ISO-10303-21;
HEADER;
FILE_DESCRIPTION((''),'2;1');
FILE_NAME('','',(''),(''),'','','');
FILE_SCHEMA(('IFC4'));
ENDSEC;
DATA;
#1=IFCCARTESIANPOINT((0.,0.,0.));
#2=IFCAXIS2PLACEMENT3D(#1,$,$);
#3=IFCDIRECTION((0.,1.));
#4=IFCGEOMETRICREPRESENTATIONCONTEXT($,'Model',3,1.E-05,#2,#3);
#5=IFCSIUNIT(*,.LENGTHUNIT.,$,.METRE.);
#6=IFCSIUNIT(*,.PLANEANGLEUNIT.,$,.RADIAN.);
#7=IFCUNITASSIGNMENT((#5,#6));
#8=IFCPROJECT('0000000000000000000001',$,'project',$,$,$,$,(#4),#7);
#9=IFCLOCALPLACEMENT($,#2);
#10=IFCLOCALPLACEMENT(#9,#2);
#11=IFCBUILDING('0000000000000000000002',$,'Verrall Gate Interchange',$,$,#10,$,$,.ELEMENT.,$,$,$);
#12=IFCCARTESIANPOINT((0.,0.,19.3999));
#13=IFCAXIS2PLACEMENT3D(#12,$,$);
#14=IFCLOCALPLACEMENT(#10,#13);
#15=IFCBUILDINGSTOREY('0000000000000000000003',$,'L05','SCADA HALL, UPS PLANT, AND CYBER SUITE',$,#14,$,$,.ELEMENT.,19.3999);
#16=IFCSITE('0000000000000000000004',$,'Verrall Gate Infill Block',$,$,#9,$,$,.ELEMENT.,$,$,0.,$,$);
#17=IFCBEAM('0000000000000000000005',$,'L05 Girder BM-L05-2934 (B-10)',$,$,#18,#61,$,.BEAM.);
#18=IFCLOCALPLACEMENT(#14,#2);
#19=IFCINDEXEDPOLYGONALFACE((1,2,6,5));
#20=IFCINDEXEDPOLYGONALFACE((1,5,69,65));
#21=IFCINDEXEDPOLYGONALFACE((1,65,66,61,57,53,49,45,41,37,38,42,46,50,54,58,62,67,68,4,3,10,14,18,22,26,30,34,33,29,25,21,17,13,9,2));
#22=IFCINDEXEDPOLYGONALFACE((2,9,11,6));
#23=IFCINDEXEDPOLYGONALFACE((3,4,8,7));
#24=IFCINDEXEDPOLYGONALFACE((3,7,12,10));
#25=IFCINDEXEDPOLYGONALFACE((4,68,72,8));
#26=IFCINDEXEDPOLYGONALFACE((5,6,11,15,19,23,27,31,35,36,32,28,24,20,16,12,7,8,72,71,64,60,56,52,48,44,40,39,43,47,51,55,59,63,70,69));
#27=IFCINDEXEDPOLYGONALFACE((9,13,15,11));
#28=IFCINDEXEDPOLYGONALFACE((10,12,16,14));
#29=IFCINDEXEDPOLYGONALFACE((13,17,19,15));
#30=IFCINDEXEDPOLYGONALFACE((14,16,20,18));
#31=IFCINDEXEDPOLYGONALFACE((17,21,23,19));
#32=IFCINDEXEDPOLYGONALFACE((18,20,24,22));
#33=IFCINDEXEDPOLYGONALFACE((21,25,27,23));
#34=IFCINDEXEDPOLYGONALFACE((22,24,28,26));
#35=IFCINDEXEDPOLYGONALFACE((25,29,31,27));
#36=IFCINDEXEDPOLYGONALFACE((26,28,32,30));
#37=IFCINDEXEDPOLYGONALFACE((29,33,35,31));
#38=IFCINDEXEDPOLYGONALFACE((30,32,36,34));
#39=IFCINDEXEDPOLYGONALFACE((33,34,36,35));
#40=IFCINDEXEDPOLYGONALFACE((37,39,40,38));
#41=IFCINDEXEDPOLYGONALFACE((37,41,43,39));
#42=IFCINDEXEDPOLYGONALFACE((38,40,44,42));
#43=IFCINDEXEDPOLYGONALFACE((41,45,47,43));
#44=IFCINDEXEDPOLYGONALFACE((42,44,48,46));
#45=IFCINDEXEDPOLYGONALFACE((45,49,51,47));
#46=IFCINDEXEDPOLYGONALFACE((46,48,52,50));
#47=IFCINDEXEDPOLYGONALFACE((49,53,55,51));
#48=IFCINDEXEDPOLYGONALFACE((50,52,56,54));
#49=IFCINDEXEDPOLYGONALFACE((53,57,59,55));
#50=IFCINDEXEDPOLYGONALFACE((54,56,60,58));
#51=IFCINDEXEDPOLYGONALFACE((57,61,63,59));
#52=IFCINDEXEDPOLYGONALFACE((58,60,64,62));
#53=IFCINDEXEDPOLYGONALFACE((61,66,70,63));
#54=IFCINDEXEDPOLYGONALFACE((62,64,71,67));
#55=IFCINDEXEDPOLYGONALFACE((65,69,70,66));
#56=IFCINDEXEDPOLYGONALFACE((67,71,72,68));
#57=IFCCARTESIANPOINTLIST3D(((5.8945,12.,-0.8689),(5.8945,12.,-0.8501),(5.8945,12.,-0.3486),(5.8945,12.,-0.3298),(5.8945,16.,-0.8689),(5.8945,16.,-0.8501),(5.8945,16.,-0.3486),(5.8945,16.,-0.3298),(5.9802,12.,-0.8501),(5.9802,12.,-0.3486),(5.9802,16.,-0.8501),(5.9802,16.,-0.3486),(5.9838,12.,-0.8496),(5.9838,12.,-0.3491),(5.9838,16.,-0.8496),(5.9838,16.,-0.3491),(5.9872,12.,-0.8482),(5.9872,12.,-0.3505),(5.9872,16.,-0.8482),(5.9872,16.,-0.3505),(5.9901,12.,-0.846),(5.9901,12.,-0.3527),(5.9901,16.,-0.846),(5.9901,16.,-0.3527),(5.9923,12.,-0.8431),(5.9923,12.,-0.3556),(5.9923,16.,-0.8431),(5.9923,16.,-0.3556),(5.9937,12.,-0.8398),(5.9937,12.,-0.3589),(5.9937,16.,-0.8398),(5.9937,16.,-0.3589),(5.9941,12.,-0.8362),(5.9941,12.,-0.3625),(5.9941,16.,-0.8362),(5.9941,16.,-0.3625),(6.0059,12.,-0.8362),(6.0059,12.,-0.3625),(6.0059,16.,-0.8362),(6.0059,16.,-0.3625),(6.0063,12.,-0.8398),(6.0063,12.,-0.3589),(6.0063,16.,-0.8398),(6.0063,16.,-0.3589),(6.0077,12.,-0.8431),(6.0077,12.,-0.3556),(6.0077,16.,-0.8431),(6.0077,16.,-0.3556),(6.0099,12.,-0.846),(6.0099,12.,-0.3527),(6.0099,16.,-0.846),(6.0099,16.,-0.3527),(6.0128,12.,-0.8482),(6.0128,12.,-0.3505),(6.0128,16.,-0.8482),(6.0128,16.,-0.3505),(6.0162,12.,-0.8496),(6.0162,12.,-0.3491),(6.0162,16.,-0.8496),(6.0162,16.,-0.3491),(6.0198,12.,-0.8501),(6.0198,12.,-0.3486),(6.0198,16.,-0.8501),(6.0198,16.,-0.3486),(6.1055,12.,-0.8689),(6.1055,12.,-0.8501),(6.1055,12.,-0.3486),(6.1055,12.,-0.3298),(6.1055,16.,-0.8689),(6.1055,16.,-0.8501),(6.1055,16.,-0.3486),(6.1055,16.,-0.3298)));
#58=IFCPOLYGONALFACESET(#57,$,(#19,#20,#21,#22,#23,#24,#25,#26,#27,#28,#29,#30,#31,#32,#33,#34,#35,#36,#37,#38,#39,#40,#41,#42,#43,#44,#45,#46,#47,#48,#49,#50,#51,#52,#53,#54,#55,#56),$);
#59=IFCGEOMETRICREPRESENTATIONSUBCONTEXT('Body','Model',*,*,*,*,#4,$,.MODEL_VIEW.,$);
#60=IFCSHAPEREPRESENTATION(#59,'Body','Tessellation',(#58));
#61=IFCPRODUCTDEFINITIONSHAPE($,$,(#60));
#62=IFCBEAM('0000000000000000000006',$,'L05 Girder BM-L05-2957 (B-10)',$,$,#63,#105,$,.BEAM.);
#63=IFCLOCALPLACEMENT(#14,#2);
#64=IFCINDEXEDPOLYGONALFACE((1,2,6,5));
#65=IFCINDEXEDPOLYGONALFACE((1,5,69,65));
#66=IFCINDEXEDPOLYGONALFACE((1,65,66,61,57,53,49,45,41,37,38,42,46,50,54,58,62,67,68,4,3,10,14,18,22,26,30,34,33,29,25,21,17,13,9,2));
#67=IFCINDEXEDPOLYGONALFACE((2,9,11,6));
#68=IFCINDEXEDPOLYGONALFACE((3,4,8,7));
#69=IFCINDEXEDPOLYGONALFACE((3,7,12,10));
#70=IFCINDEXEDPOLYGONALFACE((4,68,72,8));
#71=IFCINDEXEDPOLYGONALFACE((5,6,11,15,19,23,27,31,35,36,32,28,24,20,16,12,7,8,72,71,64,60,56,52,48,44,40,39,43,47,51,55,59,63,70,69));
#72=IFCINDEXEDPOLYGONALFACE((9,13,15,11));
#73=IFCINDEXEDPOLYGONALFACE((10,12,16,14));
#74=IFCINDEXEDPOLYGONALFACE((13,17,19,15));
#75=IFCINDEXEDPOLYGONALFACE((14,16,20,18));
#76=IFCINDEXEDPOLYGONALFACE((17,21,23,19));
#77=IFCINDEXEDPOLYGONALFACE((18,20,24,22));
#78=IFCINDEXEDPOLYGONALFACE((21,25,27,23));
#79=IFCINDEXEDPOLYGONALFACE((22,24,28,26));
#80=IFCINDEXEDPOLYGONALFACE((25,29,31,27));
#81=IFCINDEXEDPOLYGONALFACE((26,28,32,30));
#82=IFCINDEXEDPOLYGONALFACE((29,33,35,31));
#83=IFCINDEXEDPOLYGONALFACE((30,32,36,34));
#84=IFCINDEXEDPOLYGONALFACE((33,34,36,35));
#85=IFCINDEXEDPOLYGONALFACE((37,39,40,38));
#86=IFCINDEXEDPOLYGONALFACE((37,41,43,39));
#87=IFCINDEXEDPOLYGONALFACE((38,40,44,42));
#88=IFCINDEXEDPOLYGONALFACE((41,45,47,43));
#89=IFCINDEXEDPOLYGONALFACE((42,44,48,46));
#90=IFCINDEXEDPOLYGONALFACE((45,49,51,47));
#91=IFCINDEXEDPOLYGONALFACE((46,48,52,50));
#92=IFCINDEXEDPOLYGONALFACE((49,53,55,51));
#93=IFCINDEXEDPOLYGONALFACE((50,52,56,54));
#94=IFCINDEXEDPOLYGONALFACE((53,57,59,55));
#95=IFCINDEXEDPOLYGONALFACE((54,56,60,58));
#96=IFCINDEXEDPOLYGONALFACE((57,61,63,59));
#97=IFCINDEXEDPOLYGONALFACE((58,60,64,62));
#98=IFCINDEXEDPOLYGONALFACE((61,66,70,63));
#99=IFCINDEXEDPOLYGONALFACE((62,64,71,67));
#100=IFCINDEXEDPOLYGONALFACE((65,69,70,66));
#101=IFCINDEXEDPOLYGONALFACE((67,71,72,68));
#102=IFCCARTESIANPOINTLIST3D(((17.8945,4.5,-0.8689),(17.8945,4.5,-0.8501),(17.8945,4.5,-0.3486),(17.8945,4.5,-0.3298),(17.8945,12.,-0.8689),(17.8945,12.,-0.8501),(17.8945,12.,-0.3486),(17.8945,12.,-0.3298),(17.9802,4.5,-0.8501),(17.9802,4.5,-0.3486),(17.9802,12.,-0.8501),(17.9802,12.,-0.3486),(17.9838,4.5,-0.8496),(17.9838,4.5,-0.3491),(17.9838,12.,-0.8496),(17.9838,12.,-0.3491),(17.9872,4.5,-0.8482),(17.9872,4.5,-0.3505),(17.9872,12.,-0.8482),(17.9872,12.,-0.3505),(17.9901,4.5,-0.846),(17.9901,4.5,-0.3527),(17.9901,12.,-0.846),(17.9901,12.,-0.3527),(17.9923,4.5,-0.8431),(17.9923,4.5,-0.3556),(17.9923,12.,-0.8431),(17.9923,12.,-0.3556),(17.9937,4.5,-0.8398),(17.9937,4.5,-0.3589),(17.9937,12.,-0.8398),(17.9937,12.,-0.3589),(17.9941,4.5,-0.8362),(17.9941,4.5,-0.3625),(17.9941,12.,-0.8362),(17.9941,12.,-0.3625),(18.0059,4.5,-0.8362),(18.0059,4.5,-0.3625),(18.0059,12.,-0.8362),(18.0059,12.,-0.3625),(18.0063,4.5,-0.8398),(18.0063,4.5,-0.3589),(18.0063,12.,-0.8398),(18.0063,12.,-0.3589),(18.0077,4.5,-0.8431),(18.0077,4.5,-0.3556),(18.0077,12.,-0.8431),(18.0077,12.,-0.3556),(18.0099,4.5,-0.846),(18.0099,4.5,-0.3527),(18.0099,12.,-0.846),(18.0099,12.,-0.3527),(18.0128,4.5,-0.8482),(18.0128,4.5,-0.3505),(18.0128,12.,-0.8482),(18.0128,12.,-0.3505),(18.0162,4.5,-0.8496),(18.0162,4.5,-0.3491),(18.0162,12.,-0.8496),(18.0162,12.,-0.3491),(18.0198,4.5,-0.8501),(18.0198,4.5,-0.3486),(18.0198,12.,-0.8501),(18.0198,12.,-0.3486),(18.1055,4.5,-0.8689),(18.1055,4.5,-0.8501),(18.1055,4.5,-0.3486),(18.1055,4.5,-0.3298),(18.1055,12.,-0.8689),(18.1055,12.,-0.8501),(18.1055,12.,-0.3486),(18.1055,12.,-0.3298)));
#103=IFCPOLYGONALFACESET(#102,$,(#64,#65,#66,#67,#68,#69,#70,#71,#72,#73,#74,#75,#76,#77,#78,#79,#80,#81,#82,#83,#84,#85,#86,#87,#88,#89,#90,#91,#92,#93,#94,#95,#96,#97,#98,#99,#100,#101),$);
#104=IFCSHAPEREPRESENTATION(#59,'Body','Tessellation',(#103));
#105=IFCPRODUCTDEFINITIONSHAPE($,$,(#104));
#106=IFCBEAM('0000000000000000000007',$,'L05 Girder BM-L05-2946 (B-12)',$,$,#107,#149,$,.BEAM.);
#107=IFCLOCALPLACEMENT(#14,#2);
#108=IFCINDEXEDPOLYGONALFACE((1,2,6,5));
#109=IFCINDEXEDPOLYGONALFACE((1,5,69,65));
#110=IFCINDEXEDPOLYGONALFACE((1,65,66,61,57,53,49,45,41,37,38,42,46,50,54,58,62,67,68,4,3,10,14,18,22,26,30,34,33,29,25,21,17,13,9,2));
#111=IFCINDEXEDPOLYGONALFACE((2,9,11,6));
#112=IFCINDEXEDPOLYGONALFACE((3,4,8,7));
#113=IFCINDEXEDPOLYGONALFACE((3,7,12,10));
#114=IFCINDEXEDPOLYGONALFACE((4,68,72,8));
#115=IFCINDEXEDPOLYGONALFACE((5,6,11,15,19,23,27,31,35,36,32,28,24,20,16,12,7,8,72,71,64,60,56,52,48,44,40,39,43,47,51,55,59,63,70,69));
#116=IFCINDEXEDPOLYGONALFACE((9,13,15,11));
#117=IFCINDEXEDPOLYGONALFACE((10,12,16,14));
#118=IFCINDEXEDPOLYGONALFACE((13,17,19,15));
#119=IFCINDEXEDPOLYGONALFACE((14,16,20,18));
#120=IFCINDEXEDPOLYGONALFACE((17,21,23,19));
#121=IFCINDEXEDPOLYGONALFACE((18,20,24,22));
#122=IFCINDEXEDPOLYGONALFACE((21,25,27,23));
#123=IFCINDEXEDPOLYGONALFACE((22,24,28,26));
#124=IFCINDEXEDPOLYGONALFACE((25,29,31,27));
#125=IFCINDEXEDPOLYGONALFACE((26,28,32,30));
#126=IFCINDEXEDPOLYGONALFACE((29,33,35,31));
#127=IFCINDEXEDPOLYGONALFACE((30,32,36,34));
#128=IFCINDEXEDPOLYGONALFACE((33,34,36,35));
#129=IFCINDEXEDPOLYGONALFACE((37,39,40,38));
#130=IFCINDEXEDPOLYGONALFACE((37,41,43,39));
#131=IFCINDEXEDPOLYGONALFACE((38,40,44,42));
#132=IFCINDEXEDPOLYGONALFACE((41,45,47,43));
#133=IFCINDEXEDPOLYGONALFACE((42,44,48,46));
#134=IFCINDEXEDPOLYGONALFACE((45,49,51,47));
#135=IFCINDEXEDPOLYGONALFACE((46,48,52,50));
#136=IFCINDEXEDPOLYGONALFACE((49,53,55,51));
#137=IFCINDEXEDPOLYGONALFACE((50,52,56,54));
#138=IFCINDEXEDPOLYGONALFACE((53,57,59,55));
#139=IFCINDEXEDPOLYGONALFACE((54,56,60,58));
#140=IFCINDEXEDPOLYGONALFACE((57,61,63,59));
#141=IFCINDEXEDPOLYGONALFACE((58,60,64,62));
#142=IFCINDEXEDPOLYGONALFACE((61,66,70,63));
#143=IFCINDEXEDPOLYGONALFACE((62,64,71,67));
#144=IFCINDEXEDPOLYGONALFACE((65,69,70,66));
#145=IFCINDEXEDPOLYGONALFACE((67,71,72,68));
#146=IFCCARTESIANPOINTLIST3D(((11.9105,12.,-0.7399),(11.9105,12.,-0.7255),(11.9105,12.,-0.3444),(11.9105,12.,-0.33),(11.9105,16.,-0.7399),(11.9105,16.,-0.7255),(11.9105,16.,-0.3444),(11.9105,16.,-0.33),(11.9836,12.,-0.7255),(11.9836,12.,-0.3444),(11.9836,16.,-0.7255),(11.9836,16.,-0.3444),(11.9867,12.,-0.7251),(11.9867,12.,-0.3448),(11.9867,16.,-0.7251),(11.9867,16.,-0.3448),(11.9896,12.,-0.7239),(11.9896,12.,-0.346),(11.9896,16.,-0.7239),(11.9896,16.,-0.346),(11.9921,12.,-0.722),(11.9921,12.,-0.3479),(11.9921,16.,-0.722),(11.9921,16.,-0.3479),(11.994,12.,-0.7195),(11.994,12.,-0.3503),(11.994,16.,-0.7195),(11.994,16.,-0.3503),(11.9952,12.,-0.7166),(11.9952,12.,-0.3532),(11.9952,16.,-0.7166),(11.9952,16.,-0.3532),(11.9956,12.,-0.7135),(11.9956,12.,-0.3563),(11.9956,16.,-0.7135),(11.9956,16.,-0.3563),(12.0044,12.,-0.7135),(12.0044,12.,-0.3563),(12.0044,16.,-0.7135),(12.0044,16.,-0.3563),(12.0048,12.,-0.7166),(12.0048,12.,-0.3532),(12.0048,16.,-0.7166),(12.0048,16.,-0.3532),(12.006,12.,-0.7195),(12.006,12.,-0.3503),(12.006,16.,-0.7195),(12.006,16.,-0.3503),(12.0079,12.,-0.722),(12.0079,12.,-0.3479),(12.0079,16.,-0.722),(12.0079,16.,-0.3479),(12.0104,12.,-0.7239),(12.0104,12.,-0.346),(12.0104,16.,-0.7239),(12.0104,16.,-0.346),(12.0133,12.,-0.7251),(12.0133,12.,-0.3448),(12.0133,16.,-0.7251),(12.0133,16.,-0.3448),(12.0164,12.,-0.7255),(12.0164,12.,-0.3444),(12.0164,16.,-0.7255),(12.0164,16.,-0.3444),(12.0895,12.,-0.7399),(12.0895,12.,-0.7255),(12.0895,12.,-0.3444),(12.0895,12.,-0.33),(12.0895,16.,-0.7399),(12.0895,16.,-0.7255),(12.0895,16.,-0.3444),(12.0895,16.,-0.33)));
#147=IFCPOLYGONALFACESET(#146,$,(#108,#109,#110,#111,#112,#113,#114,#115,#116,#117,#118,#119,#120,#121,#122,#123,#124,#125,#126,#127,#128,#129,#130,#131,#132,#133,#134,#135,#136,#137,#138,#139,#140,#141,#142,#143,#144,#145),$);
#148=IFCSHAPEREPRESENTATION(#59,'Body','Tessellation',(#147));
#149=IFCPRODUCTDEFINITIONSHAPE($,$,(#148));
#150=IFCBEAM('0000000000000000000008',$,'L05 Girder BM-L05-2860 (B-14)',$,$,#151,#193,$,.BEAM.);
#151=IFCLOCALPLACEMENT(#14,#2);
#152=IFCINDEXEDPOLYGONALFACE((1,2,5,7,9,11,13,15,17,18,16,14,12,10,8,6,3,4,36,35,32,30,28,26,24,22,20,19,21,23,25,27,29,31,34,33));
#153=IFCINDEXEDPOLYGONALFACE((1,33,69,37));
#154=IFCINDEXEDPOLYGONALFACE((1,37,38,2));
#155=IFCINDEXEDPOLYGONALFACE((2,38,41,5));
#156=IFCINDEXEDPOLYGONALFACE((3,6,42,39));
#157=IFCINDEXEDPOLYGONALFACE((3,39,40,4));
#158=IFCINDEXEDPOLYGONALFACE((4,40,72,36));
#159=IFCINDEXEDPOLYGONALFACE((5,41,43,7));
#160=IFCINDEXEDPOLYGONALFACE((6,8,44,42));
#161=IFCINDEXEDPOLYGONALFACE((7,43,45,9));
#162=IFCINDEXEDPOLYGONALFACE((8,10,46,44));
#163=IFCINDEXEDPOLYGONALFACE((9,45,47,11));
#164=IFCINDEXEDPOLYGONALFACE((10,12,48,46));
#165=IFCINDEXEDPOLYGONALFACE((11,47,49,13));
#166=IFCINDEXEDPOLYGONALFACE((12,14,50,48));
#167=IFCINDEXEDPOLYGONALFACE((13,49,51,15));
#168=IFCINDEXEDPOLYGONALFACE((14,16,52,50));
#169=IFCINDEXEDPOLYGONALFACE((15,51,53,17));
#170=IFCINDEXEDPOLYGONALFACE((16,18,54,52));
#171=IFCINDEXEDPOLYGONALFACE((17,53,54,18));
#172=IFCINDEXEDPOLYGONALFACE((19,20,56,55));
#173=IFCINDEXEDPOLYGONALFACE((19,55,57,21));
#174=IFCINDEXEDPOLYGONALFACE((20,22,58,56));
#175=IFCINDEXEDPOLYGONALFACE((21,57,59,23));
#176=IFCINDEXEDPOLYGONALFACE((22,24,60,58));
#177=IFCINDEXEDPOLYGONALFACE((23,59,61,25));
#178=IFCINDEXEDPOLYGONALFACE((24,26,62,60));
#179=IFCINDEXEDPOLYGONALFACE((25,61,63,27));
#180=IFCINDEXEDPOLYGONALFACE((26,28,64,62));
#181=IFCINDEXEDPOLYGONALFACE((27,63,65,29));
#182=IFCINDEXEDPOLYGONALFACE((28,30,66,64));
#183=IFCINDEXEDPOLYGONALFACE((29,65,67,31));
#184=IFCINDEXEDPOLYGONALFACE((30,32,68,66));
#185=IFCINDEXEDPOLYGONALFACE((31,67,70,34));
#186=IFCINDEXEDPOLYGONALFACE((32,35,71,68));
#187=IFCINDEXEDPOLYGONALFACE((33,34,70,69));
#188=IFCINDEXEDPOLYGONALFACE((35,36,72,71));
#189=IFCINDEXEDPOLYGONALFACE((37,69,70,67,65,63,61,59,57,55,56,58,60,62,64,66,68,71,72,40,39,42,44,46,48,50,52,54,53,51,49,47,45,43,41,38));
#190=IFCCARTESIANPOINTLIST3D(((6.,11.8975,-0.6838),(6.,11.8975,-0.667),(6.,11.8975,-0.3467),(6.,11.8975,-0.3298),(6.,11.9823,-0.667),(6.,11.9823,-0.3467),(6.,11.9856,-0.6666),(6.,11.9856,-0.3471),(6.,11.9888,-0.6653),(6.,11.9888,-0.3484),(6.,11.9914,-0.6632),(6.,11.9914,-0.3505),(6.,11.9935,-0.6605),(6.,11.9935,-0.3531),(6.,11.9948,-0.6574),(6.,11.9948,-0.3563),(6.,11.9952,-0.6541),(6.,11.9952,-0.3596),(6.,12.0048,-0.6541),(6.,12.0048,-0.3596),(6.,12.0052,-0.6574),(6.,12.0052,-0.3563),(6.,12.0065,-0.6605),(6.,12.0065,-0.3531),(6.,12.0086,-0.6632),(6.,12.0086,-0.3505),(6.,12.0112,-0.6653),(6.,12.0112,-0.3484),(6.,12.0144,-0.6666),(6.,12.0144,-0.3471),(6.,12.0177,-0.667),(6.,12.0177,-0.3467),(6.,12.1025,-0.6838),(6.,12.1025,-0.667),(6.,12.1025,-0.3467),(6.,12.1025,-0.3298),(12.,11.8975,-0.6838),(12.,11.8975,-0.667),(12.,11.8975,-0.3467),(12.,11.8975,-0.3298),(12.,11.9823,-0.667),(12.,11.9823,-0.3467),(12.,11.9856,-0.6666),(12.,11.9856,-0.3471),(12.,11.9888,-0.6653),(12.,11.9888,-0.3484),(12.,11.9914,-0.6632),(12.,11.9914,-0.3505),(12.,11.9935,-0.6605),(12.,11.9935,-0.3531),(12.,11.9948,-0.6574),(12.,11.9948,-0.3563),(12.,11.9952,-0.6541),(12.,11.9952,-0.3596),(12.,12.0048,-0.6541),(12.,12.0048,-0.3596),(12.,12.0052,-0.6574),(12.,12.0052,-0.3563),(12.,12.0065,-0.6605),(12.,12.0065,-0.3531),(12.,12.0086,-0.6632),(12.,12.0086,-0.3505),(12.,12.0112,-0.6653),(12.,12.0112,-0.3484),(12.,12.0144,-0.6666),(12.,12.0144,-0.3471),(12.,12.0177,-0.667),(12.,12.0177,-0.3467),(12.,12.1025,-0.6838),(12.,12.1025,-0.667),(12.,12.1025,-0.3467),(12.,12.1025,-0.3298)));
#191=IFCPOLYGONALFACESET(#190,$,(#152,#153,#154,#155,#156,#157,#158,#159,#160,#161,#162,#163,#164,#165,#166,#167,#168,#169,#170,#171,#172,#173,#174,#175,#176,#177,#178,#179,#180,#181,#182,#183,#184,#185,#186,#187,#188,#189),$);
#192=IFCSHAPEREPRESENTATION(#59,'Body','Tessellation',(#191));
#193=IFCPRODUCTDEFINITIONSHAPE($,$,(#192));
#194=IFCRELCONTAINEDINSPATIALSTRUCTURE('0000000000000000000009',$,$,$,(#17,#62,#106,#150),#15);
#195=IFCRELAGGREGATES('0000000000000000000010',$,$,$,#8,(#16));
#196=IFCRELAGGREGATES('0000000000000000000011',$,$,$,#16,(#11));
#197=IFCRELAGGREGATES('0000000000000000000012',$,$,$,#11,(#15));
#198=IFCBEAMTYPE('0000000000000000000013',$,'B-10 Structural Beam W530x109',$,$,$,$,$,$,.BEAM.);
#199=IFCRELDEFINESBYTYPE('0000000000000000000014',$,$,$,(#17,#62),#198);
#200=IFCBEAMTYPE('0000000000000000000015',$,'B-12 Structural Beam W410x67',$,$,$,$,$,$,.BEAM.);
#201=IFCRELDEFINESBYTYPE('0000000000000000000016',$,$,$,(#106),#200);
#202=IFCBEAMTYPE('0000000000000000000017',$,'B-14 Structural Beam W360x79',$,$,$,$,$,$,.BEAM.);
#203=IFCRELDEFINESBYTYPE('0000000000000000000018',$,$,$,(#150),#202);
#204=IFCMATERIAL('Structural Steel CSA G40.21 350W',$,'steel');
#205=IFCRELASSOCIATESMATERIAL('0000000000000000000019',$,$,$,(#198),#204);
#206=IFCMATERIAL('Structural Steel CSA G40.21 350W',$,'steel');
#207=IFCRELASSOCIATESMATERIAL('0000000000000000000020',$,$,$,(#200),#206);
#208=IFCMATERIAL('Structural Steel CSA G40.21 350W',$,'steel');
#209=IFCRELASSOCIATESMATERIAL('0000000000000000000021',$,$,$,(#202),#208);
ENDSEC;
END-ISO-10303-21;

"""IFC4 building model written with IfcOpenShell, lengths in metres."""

from ifc_helpers import new_model, si_unit, direction, frame, origin, origin_2d, place, context, subcontext, project, spatial, i_section, extrude, material, material_profile, profile_set, type_object, element, save


model = new_model("IFC4")

# Units and contexts
model_context = context("Model", 3, precision=1e-05, world=origin(), true_north=direction((0.0, 1.0)))
body_context = subcontext(model_context, "Body", "Model", "MODEL_VIEW")
ifc_project = project(units=[si_unit("LENGTHUNIT", "METRE"), si_unit("PLANEANGLEUNIT", "RADIAN")], contexts=[model_context])

# Site, building, storey
site_placement = place(None, origin())
site = spatial("IfcSite", under=ifc_project, at=site_placement, Name="Verrall Gate Infill Block", CompositionType="ELEMENT", RefElevation=0.0)
building_placement = place(site_placement, origin())
building = spatial("IfcBuilding", under=site, at=building_placement, Name="Verrall Gate Interchange", CompositionType="ELEMENT")
storey_placement = place(building_placement, frame((0.0, 0.0, 19.3999)))
storey = spatial("IfcBuildingStorey", under=building, at=storey_placement, Name="L05", Description="SCADA HALL, UPS PLANT, AND CYBER SUITE", CompositionType="ELEMENT", Elevation=19.3999)

# Beams
ifc_material_1 = material(Name="Structural Steel CSA G40.21 350W", Category="steel")
ifc_material_profile_1 = material_profile(ifc_material_1, i_section(OverallWidth=0.2109, OverallDepth=0.5391, WebThickness=0.0117, FlangeThickness=0.0188, FilletRadius=0.0139, at=origin_2d()), Name="W530x109")
ifc_profile_set_1 = profile_set([ifc_material_profile_1], Name="Structural Steel CSA G40.21 350W")
beam_type_1 = type_object("IfcBeamType", Name="B-10 Structural Beam W530x109", PredefinedType="BEAM", material=ifc_profile_set_1)
beam_1_placement = place(storey_placement, frame((6.0, 12.0, -0.5994), z_axis=(0.0, 1.0, 0.0), x_axis=(-1.0, 0.0, 0.0)))
element("IfcBeam", 1, at=beam_1_placement, inside=storey, type_object=beam_type_1, Name="L05 Girder BM-L05-2934 (B-10)", PredefinedType="BEAM", context=body_context, shape_type="SweptSolid", body=[
    extrude(i_section(OverallWidth=0.2109, OverallDepth=0.5391, WebThickness=0.0117, FlangeThickness=0.0188, FilletRadius=0.0139, at=origin_2d()), origin(), (0.0, 0.0, 1.0), 4.0),
])
beam_2_placement = place(storey_placement, frame((18.0, 4.5, -0.5994), z_axis=(0.0, 1.0, 0.0), x_axis=(-1.0, 0.0, 0.0)))
element("IfcBeam", 2, at=beam_2_placement, inside=storey, type_object=beam_type_1, Name="L05 Girder BM-L05-2957 (B-10)", PredefinedType="BEAM", context=body_context, shape_type="SweptSolid", body=[
    extrude(i_section(OverallWidth=0.2109, OverallDepth=0.5391, WebThickness=0.0117, FlangeThickness=0.0188, FilletRadius=0.0139, at=origin_2d()), origin(), (0.0, 0.0, 1.0), 7.5),
])
ifc_material_2 = material(Name="Structural Steel CSA G40.21 350W", Category="steel")
ifc_material_profile_2 = material_profile(ifc_material_2, i_section(OverallWidth=0.179, OverallDepth=0.4099, WebThickness=0.0088, FlangeThickness=0.0144, FilletRadius=0.012, at=origin_2d()), Name="W410x67")
ifc_profile_set_2 = profile_set([ifc_material_profile_2], Name="Structural Steel CSA G40.21 350W")
beam_type_2 = type_object("IfcBeamType", Name="B-12 Structural Beam W410x67", PredefinedType="BEAM", material=ifc_profile_set_2)
beam_3_placement = place(storey_placement, frame((12.0, 12.0, -0.5349), z_axis=(0.0, 1.0, 0.0), x_axis=(-1.0, 0.0, 0.0)))
element("IfcBeam", 3, at=beam_3_placement, inside=storey, type_object=beam_type_2, Name="L05 Girder BM-L05-2946 (B-12)", PredefinedType="BEAM", context=body_context, shape_type="SweptSolid", body=[
    extrude(i_section(OverallWidth=0.179, OverallDepth=0.4099, WebThickness=0.0088, FlangeThickness=0.0144, FilletRadius=0.012, at=origin_2d()), origin(), (0.0, 0.0, 1.0), 4.0),
])
ifc_material_3 = material(Name="Structural Steel CSA G40.21 350W", Category="steel")
ifc_material_profile_3 = material_profile(ifc_material_3, i_section(OverallWidth=0.2051, OverallDepth=0.354, WebThickness=0.0095, FlangeThickness=0.0168, FilletRadius=0.0129, at=origin_2d()), Name="W360x79")
ifc_profile_set_3 = profile_set([ifc_material_profile_3], Name="Structural Steel CSA G40.21 350W")
beam_type_3 = type_object("IfcBeamType", Name="B-14 Structural Beam W360x79", PredefinedType="BEAM", material=ifc_profile_set_3)
beam_4_placement = place(storey_placement, frame((6.0, 12.0, -0.5068), z_axis=(1.0, 0.0, 0.0), x_axis=(0.0, 1.0, 0.0)))
element("IfcBeam", 4, at=beam_4_placement, inside=storey, type_object=beam_type_3, Name="L05 Girder BM-L05-2860 (B-14)", PredefinedType="BEAM", context=body_context, shape_type="SweptSolid", body=[
    extrude(i_section(OverallWidth=0.2051, OverallDepth=0.354, WebThickness=0.0095, FlangeThickness=0.0168, FilletRadius=0.0129, at=origin_2d()), origin(), (0.0, 0.0, 1.0), 6.0),
])

save(model, "model.ifc")
